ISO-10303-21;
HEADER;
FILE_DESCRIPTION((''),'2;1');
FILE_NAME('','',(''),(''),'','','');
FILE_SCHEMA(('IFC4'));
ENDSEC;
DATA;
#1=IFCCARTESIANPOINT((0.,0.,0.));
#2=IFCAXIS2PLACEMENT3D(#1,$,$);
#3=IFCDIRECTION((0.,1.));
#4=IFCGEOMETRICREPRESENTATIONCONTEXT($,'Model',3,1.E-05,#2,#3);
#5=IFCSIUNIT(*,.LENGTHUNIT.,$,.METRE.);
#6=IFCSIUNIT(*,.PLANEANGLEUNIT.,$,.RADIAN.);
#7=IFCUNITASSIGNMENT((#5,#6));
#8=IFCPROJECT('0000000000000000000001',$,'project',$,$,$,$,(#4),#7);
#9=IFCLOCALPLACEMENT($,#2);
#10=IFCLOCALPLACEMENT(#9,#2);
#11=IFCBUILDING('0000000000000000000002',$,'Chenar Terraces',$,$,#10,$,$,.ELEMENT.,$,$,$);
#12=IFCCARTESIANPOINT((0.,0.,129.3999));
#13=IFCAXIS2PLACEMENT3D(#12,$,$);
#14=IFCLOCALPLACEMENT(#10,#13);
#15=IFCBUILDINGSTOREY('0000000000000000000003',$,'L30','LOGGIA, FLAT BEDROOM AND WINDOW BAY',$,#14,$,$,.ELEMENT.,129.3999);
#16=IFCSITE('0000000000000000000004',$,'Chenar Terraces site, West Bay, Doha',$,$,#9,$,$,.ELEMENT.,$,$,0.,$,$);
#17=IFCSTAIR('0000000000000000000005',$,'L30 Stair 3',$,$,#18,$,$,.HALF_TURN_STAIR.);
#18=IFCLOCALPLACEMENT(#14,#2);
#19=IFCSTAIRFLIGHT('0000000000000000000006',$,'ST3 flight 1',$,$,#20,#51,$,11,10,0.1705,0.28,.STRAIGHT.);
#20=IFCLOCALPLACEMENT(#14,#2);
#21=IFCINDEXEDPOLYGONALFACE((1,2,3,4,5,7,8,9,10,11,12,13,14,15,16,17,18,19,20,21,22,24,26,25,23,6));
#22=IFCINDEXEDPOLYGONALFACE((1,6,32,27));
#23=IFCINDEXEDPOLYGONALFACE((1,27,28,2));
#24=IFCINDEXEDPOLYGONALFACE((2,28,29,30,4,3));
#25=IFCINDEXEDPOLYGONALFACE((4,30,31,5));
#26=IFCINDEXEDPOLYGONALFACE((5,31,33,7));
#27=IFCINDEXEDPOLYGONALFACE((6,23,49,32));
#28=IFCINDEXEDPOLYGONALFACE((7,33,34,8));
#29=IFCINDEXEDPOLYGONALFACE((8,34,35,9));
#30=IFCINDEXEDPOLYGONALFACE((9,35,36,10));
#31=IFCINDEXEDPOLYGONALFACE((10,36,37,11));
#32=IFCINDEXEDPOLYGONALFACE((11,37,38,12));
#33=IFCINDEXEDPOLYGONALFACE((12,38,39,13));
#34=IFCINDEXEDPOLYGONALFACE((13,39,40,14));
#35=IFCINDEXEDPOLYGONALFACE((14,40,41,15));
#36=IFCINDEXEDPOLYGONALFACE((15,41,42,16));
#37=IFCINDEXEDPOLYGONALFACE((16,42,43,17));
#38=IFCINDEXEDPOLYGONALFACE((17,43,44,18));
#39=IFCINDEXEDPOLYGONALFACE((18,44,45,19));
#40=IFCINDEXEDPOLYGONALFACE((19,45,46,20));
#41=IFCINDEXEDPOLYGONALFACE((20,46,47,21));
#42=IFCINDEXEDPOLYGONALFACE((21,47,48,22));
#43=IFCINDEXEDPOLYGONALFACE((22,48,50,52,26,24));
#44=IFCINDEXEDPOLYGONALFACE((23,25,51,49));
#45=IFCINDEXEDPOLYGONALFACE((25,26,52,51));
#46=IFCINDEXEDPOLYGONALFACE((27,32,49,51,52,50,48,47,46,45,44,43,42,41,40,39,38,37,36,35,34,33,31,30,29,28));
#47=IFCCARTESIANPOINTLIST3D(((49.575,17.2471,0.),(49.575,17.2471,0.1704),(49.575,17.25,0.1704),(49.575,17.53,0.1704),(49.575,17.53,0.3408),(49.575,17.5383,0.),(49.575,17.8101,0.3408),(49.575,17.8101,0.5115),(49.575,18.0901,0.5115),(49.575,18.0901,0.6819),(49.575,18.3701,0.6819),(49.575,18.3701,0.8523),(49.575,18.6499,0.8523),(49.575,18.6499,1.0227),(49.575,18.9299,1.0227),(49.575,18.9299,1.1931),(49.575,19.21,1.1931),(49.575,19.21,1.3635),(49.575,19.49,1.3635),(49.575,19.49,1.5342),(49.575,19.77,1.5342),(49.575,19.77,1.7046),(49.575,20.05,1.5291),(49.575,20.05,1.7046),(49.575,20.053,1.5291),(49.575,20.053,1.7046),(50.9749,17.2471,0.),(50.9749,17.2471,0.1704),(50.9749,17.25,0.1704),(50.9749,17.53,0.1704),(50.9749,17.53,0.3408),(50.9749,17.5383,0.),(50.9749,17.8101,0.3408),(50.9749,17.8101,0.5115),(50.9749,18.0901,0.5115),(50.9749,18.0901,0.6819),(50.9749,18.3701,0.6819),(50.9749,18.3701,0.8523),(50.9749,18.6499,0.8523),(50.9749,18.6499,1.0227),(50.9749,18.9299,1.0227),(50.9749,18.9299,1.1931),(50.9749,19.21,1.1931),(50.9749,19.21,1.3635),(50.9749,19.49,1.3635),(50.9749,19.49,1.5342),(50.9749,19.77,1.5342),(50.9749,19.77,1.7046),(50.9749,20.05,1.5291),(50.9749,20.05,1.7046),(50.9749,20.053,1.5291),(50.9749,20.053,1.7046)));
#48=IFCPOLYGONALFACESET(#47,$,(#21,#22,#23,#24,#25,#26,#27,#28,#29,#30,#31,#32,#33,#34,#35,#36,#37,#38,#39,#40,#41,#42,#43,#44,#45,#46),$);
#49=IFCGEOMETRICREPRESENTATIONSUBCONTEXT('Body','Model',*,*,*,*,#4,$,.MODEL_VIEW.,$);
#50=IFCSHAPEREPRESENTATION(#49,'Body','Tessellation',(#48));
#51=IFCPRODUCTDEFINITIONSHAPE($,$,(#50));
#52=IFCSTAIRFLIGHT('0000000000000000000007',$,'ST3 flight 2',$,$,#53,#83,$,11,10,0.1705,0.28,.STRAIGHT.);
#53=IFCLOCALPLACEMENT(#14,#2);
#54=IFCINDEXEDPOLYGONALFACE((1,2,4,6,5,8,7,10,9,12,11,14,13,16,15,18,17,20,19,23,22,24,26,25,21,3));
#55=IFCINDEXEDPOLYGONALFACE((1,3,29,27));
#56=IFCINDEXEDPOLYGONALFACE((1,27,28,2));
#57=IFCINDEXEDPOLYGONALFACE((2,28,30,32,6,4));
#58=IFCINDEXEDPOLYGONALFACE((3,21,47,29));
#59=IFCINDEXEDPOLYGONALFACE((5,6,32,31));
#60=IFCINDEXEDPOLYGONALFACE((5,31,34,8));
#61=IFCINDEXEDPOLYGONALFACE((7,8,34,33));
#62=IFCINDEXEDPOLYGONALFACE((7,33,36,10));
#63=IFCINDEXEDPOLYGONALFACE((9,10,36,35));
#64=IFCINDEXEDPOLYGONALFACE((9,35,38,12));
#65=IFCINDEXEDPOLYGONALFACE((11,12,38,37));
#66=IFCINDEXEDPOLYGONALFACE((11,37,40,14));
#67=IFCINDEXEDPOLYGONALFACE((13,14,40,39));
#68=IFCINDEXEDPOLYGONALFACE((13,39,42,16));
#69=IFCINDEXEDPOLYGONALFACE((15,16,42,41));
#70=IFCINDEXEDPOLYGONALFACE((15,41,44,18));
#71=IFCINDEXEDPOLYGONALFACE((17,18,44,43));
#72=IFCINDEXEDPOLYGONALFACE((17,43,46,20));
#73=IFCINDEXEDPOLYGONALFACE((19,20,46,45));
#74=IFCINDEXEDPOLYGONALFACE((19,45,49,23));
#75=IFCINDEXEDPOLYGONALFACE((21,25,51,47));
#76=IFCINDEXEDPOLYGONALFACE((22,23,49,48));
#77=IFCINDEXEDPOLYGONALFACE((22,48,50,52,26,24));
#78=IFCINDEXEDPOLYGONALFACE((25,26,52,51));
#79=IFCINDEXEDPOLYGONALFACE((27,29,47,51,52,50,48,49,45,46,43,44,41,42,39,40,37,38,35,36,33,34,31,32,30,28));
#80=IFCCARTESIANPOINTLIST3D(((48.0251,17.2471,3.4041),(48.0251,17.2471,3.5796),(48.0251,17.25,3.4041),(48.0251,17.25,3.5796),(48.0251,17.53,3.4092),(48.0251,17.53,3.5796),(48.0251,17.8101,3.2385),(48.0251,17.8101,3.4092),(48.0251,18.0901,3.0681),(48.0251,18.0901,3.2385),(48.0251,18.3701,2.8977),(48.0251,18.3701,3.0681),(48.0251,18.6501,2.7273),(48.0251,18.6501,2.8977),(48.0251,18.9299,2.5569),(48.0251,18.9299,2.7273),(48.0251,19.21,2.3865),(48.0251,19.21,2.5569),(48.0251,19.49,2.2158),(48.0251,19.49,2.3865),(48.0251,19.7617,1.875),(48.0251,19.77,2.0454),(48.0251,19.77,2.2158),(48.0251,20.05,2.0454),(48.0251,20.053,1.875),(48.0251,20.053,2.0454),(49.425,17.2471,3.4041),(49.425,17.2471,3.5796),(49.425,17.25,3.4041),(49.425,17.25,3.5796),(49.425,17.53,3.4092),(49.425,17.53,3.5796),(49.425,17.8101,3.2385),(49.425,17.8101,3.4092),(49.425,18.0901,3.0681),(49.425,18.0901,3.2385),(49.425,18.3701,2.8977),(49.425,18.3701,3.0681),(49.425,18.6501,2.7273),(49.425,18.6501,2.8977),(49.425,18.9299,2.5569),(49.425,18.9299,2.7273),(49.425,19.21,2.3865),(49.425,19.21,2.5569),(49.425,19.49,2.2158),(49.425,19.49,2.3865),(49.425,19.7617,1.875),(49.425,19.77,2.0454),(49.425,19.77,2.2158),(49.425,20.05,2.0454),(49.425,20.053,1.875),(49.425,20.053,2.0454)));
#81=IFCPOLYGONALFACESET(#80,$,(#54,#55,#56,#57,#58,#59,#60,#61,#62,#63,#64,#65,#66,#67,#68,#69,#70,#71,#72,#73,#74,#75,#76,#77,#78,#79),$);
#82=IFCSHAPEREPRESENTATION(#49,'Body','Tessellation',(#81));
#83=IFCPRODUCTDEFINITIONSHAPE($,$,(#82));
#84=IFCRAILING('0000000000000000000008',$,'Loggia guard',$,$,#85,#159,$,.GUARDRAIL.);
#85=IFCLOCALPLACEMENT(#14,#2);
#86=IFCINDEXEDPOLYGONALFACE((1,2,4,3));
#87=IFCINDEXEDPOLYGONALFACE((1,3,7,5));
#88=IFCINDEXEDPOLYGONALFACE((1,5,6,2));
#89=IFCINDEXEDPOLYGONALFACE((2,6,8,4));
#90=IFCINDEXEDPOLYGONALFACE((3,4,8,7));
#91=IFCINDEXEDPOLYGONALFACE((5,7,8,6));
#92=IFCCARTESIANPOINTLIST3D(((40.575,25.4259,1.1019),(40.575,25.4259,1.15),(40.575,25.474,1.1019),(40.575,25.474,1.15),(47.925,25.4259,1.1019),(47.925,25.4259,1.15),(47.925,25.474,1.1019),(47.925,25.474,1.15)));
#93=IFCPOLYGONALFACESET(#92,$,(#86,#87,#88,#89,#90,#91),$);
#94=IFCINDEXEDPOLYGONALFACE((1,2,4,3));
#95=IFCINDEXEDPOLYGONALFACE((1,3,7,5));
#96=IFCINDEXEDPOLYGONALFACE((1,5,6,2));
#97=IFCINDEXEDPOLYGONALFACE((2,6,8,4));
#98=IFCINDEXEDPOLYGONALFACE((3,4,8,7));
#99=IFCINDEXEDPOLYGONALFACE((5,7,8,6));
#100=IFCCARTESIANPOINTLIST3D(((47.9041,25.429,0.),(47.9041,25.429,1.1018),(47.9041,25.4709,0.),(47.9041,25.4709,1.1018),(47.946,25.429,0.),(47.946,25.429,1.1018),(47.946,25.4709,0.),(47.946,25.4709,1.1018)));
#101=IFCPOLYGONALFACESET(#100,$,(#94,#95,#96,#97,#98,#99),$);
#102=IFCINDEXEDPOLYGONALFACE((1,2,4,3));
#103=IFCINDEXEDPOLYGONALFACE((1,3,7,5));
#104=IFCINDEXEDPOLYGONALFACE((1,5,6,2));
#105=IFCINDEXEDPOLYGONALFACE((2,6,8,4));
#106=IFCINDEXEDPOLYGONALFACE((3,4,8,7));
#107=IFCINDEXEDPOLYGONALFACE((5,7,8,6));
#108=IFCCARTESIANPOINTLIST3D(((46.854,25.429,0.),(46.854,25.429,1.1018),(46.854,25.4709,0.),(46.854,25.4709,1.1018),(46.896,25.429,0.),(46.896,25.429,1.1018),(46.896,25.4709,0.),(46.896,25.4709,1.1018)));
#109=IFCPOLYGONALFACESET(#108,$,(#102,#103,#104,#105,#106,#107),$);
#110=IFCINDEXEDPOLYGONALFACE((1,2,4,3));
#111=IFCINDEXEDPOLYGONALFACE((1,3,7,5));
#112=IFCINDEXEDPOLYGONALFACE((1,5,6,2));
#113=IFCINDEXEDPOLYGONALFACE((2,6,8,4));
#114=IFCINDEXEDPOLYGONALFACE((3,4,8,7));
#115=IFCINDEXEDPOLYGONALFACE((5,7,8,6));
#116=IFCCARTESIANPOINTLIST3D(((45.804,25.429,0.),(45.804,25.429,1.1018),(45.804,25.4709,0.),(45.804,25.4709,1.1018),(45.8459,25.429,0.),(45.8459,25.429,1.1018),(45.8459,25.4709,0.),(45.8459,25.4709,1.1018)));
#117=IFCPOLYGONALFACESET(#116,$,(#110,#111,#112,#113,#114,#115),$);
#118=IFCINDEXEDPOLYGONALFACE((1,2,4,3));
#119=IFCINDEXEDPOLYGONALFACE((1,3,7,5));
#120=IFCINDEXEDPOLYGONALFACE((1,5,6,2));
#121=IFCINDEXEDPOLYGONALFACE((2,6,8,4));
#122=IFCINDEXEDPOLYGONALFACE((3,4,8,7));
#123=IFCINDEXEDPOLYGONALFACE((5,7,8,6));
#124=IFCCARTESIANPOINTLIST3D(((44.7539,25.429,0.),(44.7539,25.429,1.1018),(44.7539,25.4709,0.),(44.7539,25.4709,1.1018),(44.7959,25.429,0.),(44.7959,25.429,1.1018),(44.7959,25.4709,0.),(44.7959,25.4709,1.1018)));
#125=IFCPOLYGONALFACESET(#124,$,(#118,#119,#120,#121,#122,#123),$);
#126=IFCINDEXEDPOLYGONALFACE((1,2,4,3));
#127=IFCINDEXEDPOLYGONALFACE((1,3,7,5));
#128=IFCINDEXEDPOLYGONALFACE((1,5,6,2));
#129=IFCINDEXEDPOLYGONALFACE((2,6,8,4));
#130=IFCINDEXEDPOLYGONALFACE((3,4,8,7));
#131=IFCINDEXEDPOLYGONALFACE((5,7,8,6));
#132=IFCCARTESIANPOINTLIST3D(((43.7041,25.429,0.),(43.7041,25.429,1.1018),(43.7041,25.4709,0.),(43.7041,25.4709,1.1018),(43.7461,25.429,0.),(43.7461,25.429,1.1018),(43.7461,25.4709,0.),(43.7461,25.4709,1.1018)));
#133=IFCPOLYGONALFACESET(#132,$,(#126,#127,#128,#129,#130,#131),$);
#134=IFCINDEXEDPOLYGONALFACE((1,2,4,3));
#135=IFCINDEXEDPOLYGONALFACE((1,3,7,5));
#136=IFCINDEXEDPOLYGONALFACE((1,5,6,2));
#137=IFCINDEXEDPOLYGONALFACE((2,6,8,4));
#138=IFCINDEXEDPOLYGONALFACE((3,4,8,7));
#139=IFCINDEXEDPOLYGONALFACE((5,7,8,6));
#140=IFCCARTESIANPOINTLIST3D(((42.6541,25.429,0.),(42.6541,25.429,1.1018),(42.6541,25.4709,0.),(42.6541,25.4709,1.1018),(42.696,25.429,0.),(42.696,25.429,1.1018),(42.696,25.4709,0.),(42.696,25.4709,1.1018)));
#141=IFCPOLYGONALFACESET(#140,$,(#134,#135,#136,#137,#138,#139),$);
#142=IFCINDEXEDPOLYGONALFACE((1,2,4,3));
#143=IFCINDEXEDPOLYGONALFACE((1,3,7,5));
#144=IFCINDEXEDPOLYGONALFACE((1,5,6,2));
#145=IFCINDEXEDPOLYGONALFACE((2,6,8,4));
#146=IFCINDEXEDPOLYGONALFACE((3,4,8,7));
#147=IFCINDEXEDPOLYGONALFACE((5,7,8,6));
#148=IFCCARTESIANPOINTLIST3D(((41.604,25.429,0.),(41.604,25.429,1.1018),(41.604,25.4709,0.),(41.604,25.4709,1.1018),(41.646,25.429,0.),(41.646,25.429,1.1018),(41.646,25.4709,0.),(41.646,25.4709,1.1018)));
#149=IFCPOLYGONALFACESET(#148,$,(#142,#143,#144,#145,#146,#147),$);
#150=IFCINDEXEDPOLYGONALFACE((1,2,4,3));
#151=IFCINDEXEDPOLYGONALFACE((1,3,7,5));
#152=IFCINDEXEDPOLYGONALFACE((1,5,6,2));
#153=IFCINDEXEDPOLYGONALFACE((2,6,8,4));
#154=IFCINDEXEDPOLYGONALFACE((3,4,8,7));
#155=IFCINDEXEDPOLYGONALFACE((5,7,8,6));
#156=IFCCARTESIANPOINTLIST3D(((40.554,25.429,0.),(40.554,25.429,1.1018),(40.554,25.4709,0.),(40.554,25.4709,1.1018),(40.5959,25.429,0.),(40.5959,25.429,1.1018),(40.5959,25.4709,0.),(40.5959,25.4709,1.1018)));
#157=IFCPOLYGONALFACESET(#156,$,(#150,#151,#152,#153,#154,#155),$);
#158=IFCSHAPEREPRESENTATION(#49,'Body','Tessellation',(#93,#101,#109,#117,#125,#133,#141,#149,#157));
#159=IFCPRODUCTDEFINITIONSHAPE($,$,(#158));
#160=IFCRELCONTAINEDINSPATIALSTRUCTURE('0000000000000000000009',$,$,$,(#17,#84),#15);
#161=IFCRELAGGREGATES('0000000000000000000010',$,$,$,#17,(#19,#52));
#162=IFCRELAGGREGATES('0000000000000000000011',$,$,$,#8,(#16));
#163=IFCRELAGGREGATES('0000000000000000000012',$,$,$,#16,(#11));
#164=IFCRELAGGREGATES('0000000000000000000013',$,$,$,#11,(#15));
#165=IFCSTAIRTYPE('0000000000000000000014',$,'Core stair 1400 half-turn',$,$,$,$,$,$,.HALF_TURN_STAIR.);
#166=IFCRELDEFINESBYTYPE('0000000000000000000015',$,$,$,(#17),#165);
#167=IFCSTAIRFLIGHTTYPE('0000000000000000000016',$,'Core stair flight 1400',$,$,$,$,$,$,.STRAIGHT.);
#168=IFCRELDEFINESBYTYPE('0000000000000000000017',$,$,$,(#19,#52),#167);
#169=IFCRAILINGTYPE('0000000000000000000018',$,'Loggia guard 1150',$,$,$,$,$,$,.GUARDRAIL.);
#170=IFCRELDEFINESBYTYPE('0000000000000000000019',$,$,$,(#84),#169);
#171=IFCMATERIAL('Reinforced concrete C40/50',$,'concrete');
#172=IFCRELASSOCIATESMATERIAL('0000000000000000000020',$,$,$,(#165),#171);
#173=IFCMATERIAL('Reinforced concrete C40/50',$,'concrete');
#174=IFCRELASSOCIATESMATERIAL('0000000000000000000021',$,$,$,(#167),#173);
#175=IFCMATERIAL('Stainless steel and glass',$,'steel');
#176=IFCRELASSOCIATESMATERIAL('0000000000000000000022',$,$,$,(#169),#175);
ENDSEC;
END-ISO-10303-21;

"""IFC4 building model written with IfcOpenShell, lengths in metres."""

from ifc_helpers import new_model, si_unit, direction, frame, origin, origin_2d, place, context, subcontext, project, spatial, polyline, rectangle, outline, extrude, material, type_object, element, aggregate, save


model = new_model("IFC4")

# Units and contexts
model_context = context("Model", 3, precision=1e-05, world=origin(), true_north=direction((0.0, 1.0)))
body_context = subcontext(model_context, "Body", "Model", "MODEL_VIEW")
ifc_project = project(units=[si_unit("LENGTHUNIT", "METRE"), si_unit("PLANEANGLEUNIT", "RADIAN")], contexts=[model_context])

# Site, building, storey
site_placement = place(None, origin())
site = spatial("IfcSite", under=ifc_project, at=site_placement, Name="Chenar Terraces site, West Bay, Doha", CompositionType="ELEMENT", RefElevation=0.0)
building_placement = place(site_placement, origin())
building = spatial("IfcBuilding", under=site, at=building_placement, Name="Chenar Terraces", CompositionType="ELEMENT")
storey_placement = place(building_placement, frame((0.0, 0.0, 129.3999)))
storey = spatial("IfcBuildingStorey", under=building, at=storey_placement, Name="L30", Description="LOGGIA, FLAT BEDROOM AND WINDOW BAY", CompositionType="ELEMENT", Elevation=129.3999)

# Stair, stair flights
ifc_material_1 = material(Name="Reinforced concrete C40/50", Category="concrete")
stair_type = type_object("IfcStairType", Name="Core stair 1400 half-turn", PredefinedType="HALF_TURN_STAIR", material=ifc_material_1)
stair_placement = place(storey_placement, origin())
stair = element("IfcStair", 1, at=stair_placement, inside=storey, type_object=stair_type, Name="L30 Stair 3", PredefinedType="HALF_TURN_STAIR")
ifc_material_2 = material(Name="Reinforced concrete C40/50", Category="concrete")
stair_flight_type = type_object("IfcStairFlightType", Name="Core stair flight 1400", PredefinedType="STRAIGHT", material=ifc_material_2)
stair_flight_1_placement = place(storey_placement, frame((50.2749, 17.25, 0.0), z_axis=(0.0, 0.0, 1.0), x_axis=(0.0, 1.0, 0.0)))
stair_flight_1 = element("IfcStairFlight", 2, at=stair_flight_1_placement, type_object=stair_flight_type, Name="ST3 flight 1", NumberOfRisers=11, NumberOfTreads=10, PredefinedType="STRAIGHT", RiserHeight=0.1705, TreadLength=0.28, context=body_context, shape_type="SweptSolid", body=[
    extrude(outline(polyline([(-0.0029, 0.0), (-0.0029, 0.1704), (0.0, 0.1704), (0.28, 0.1704), (0.28, 0.3408), (0.5601, 0.3408), (0.5601, 0.5115), (0.8401, 0.5115), (0.8401, 0.6819), (1.1201, 0.6819), (1.1201, 0.8523), (1.3999, 0.8523), (1.3999, 1.0227), (1.6799, 1.0227), (1.6799, 1.1931), (1.96, 1.1931), (1.96, 1.3635), (2.24, 1.3635), (2.24, 1.5342), (2.52, 1.5342), (2.52, 1.7046), (2.8, 1.7046), (2.803, 1.7046), (2.803, 1.5291), (2.8, 1.5291), (0.2883, 0.0), (-0.0029, 0.0)])), frame((0.0, 0.7, 0.0), z_axis=(0.0, -1.0, 0.0), x_axis=(1.0, 0.0, 0.0)), (0.0, 0.0, 1.0), 1.3999),
])
stair_flight_2_placement = place(storey_placement, frame((48.7251, 20.05, 1.875), z_axis=(0.0, 0.0, 1.0), x_axis=(0.0, -1.0, 0.0)))
stair_flight_2 = element("IfcStairFlight", 3, at=stair_flight_2_placement, type_object=stair_flight_type, Name="ST3 flight 2", NumberOfRisers=11, NumberOfTreads=10, PredefinedType="STRAIGHT", RiserHeight=0.1705, TreadLength=0.28, context=body_context, shape_type="SweptSolid", body=[
    extrude(outline(polyline([(-0.0029, 0.0), (-0.0029, 0.1704), (0.0, 0.1704), (0.28, 0.1704), (0.28, 0.3408), (0.5601, 0.3408), (0.5601, 0.5115), (0.8401, 0.5115), (0.8401, 0.6819), (1.1201, 0.6819), (1.1201, 0.8523), (1.3999, 0.8523), (1.3999, 1.0227), (1.6799, 1.0227), (1.6799, 1.1931), (1.96, 1.1931), (1.96, 1.3635), (2.24, 1.3635), (2.24, 1.5342), (2.52, 1.5342), (2.52, 1.7046), (2.8, 1.7046), (2.803, 1.7046), (2.803, 1.5291), (2.8, 1.5291), (0.2883, 0.0), (-0.0029, 0.0)])), frame((0.0, 0.7, 0.0), z_axis=(0.0, -1.0, 0.0), x_axis=(1.0, 0.0, 0.0)), (0.0, 0.0, 1.0), 1.3999),
])
aggregate(stair, [stair_flight_1, stair_flight_2])

# Railing
ifc_material_3 = material(Name="Stainless steel and glass", Category="steel")
railing_type_1 = type_object("IfcRailingType", Name="Loggia guard 1150", PredefinedType="GUARDRAIL", material=ifc_material_3)
railing_1_placement = place(storey_placement, frame((47.925, 25.45, 0.0)))
element("IfcRailing", 4, at=railing_1_placement, inside=storey, type_object=railing_type_1, Name="Loggia guard", PredefinedType="GUARDRAIL", context=body_context, shape_type="SweptSolid", body=[
    extrude(rectangle(XDim=0.0481, YDim=0.0481, at=origin_2d()), frame((0.0, 0.0, 1.126), z_axis=(-1.0, 0.0, 0.0), x_axis=(0.0, -1.0, 0.0)), (0.0, 0.0, 1.0), 7.3501),
    extrude(rectangle(XDim=0.042, YDim=0.042, at=origin_2d()), origin(), (0.0, 0.0, 1.0), 1.1018),
    extrude(rectangle(XDim=0.042, YDim=0.042, at=origin_2d()), frame((-1.05, 0.0, 0.0)), (0.0, 0.0, 1.0), 1.1018),
    extrude(rectangle(XDim=0.042, YDim=0.042, at=origin_2d()), frame((-2.1001, 0.0, 0.0)), (0.0, 0.0, 1.0), 1.1018),
    extrude(rectangle(XDim=0.042, YDim=0.042, at=origin_2d()), frame((-3.1501, 0.0, 0.0)), (0.0, 0.0, 1.0), 1.1018),
    extrude(rectangle(XDim=0.042, YDim=0.042, at=origin_2d()), frame((-4.2, 0.0, 0.0)), (0.0, 0.0, 1.0), 1.1018),
    extrude(rectangle(XDim=0.042, YDim=0.042, at=origin_2d()), frame((-5.25, 0.0, 0.0)), (0.0, 0.0, 1.0), 1.1018),
    extrude(rectangle(XDim=0.042, YDim=0.042, at=origin_2d()), frame((-6.3, 0.0, 0.0)), (0.0, 0.0, 1.0), 1.1018),
    extrude(rectangle(XDim=0.042, YDim=0.042, at=origin_2d()), frame((-7.3501, 0.0, 0.0)), (0.0, 0.0, 1.0), 1.1018),
])

save(model, "model.ifc")
